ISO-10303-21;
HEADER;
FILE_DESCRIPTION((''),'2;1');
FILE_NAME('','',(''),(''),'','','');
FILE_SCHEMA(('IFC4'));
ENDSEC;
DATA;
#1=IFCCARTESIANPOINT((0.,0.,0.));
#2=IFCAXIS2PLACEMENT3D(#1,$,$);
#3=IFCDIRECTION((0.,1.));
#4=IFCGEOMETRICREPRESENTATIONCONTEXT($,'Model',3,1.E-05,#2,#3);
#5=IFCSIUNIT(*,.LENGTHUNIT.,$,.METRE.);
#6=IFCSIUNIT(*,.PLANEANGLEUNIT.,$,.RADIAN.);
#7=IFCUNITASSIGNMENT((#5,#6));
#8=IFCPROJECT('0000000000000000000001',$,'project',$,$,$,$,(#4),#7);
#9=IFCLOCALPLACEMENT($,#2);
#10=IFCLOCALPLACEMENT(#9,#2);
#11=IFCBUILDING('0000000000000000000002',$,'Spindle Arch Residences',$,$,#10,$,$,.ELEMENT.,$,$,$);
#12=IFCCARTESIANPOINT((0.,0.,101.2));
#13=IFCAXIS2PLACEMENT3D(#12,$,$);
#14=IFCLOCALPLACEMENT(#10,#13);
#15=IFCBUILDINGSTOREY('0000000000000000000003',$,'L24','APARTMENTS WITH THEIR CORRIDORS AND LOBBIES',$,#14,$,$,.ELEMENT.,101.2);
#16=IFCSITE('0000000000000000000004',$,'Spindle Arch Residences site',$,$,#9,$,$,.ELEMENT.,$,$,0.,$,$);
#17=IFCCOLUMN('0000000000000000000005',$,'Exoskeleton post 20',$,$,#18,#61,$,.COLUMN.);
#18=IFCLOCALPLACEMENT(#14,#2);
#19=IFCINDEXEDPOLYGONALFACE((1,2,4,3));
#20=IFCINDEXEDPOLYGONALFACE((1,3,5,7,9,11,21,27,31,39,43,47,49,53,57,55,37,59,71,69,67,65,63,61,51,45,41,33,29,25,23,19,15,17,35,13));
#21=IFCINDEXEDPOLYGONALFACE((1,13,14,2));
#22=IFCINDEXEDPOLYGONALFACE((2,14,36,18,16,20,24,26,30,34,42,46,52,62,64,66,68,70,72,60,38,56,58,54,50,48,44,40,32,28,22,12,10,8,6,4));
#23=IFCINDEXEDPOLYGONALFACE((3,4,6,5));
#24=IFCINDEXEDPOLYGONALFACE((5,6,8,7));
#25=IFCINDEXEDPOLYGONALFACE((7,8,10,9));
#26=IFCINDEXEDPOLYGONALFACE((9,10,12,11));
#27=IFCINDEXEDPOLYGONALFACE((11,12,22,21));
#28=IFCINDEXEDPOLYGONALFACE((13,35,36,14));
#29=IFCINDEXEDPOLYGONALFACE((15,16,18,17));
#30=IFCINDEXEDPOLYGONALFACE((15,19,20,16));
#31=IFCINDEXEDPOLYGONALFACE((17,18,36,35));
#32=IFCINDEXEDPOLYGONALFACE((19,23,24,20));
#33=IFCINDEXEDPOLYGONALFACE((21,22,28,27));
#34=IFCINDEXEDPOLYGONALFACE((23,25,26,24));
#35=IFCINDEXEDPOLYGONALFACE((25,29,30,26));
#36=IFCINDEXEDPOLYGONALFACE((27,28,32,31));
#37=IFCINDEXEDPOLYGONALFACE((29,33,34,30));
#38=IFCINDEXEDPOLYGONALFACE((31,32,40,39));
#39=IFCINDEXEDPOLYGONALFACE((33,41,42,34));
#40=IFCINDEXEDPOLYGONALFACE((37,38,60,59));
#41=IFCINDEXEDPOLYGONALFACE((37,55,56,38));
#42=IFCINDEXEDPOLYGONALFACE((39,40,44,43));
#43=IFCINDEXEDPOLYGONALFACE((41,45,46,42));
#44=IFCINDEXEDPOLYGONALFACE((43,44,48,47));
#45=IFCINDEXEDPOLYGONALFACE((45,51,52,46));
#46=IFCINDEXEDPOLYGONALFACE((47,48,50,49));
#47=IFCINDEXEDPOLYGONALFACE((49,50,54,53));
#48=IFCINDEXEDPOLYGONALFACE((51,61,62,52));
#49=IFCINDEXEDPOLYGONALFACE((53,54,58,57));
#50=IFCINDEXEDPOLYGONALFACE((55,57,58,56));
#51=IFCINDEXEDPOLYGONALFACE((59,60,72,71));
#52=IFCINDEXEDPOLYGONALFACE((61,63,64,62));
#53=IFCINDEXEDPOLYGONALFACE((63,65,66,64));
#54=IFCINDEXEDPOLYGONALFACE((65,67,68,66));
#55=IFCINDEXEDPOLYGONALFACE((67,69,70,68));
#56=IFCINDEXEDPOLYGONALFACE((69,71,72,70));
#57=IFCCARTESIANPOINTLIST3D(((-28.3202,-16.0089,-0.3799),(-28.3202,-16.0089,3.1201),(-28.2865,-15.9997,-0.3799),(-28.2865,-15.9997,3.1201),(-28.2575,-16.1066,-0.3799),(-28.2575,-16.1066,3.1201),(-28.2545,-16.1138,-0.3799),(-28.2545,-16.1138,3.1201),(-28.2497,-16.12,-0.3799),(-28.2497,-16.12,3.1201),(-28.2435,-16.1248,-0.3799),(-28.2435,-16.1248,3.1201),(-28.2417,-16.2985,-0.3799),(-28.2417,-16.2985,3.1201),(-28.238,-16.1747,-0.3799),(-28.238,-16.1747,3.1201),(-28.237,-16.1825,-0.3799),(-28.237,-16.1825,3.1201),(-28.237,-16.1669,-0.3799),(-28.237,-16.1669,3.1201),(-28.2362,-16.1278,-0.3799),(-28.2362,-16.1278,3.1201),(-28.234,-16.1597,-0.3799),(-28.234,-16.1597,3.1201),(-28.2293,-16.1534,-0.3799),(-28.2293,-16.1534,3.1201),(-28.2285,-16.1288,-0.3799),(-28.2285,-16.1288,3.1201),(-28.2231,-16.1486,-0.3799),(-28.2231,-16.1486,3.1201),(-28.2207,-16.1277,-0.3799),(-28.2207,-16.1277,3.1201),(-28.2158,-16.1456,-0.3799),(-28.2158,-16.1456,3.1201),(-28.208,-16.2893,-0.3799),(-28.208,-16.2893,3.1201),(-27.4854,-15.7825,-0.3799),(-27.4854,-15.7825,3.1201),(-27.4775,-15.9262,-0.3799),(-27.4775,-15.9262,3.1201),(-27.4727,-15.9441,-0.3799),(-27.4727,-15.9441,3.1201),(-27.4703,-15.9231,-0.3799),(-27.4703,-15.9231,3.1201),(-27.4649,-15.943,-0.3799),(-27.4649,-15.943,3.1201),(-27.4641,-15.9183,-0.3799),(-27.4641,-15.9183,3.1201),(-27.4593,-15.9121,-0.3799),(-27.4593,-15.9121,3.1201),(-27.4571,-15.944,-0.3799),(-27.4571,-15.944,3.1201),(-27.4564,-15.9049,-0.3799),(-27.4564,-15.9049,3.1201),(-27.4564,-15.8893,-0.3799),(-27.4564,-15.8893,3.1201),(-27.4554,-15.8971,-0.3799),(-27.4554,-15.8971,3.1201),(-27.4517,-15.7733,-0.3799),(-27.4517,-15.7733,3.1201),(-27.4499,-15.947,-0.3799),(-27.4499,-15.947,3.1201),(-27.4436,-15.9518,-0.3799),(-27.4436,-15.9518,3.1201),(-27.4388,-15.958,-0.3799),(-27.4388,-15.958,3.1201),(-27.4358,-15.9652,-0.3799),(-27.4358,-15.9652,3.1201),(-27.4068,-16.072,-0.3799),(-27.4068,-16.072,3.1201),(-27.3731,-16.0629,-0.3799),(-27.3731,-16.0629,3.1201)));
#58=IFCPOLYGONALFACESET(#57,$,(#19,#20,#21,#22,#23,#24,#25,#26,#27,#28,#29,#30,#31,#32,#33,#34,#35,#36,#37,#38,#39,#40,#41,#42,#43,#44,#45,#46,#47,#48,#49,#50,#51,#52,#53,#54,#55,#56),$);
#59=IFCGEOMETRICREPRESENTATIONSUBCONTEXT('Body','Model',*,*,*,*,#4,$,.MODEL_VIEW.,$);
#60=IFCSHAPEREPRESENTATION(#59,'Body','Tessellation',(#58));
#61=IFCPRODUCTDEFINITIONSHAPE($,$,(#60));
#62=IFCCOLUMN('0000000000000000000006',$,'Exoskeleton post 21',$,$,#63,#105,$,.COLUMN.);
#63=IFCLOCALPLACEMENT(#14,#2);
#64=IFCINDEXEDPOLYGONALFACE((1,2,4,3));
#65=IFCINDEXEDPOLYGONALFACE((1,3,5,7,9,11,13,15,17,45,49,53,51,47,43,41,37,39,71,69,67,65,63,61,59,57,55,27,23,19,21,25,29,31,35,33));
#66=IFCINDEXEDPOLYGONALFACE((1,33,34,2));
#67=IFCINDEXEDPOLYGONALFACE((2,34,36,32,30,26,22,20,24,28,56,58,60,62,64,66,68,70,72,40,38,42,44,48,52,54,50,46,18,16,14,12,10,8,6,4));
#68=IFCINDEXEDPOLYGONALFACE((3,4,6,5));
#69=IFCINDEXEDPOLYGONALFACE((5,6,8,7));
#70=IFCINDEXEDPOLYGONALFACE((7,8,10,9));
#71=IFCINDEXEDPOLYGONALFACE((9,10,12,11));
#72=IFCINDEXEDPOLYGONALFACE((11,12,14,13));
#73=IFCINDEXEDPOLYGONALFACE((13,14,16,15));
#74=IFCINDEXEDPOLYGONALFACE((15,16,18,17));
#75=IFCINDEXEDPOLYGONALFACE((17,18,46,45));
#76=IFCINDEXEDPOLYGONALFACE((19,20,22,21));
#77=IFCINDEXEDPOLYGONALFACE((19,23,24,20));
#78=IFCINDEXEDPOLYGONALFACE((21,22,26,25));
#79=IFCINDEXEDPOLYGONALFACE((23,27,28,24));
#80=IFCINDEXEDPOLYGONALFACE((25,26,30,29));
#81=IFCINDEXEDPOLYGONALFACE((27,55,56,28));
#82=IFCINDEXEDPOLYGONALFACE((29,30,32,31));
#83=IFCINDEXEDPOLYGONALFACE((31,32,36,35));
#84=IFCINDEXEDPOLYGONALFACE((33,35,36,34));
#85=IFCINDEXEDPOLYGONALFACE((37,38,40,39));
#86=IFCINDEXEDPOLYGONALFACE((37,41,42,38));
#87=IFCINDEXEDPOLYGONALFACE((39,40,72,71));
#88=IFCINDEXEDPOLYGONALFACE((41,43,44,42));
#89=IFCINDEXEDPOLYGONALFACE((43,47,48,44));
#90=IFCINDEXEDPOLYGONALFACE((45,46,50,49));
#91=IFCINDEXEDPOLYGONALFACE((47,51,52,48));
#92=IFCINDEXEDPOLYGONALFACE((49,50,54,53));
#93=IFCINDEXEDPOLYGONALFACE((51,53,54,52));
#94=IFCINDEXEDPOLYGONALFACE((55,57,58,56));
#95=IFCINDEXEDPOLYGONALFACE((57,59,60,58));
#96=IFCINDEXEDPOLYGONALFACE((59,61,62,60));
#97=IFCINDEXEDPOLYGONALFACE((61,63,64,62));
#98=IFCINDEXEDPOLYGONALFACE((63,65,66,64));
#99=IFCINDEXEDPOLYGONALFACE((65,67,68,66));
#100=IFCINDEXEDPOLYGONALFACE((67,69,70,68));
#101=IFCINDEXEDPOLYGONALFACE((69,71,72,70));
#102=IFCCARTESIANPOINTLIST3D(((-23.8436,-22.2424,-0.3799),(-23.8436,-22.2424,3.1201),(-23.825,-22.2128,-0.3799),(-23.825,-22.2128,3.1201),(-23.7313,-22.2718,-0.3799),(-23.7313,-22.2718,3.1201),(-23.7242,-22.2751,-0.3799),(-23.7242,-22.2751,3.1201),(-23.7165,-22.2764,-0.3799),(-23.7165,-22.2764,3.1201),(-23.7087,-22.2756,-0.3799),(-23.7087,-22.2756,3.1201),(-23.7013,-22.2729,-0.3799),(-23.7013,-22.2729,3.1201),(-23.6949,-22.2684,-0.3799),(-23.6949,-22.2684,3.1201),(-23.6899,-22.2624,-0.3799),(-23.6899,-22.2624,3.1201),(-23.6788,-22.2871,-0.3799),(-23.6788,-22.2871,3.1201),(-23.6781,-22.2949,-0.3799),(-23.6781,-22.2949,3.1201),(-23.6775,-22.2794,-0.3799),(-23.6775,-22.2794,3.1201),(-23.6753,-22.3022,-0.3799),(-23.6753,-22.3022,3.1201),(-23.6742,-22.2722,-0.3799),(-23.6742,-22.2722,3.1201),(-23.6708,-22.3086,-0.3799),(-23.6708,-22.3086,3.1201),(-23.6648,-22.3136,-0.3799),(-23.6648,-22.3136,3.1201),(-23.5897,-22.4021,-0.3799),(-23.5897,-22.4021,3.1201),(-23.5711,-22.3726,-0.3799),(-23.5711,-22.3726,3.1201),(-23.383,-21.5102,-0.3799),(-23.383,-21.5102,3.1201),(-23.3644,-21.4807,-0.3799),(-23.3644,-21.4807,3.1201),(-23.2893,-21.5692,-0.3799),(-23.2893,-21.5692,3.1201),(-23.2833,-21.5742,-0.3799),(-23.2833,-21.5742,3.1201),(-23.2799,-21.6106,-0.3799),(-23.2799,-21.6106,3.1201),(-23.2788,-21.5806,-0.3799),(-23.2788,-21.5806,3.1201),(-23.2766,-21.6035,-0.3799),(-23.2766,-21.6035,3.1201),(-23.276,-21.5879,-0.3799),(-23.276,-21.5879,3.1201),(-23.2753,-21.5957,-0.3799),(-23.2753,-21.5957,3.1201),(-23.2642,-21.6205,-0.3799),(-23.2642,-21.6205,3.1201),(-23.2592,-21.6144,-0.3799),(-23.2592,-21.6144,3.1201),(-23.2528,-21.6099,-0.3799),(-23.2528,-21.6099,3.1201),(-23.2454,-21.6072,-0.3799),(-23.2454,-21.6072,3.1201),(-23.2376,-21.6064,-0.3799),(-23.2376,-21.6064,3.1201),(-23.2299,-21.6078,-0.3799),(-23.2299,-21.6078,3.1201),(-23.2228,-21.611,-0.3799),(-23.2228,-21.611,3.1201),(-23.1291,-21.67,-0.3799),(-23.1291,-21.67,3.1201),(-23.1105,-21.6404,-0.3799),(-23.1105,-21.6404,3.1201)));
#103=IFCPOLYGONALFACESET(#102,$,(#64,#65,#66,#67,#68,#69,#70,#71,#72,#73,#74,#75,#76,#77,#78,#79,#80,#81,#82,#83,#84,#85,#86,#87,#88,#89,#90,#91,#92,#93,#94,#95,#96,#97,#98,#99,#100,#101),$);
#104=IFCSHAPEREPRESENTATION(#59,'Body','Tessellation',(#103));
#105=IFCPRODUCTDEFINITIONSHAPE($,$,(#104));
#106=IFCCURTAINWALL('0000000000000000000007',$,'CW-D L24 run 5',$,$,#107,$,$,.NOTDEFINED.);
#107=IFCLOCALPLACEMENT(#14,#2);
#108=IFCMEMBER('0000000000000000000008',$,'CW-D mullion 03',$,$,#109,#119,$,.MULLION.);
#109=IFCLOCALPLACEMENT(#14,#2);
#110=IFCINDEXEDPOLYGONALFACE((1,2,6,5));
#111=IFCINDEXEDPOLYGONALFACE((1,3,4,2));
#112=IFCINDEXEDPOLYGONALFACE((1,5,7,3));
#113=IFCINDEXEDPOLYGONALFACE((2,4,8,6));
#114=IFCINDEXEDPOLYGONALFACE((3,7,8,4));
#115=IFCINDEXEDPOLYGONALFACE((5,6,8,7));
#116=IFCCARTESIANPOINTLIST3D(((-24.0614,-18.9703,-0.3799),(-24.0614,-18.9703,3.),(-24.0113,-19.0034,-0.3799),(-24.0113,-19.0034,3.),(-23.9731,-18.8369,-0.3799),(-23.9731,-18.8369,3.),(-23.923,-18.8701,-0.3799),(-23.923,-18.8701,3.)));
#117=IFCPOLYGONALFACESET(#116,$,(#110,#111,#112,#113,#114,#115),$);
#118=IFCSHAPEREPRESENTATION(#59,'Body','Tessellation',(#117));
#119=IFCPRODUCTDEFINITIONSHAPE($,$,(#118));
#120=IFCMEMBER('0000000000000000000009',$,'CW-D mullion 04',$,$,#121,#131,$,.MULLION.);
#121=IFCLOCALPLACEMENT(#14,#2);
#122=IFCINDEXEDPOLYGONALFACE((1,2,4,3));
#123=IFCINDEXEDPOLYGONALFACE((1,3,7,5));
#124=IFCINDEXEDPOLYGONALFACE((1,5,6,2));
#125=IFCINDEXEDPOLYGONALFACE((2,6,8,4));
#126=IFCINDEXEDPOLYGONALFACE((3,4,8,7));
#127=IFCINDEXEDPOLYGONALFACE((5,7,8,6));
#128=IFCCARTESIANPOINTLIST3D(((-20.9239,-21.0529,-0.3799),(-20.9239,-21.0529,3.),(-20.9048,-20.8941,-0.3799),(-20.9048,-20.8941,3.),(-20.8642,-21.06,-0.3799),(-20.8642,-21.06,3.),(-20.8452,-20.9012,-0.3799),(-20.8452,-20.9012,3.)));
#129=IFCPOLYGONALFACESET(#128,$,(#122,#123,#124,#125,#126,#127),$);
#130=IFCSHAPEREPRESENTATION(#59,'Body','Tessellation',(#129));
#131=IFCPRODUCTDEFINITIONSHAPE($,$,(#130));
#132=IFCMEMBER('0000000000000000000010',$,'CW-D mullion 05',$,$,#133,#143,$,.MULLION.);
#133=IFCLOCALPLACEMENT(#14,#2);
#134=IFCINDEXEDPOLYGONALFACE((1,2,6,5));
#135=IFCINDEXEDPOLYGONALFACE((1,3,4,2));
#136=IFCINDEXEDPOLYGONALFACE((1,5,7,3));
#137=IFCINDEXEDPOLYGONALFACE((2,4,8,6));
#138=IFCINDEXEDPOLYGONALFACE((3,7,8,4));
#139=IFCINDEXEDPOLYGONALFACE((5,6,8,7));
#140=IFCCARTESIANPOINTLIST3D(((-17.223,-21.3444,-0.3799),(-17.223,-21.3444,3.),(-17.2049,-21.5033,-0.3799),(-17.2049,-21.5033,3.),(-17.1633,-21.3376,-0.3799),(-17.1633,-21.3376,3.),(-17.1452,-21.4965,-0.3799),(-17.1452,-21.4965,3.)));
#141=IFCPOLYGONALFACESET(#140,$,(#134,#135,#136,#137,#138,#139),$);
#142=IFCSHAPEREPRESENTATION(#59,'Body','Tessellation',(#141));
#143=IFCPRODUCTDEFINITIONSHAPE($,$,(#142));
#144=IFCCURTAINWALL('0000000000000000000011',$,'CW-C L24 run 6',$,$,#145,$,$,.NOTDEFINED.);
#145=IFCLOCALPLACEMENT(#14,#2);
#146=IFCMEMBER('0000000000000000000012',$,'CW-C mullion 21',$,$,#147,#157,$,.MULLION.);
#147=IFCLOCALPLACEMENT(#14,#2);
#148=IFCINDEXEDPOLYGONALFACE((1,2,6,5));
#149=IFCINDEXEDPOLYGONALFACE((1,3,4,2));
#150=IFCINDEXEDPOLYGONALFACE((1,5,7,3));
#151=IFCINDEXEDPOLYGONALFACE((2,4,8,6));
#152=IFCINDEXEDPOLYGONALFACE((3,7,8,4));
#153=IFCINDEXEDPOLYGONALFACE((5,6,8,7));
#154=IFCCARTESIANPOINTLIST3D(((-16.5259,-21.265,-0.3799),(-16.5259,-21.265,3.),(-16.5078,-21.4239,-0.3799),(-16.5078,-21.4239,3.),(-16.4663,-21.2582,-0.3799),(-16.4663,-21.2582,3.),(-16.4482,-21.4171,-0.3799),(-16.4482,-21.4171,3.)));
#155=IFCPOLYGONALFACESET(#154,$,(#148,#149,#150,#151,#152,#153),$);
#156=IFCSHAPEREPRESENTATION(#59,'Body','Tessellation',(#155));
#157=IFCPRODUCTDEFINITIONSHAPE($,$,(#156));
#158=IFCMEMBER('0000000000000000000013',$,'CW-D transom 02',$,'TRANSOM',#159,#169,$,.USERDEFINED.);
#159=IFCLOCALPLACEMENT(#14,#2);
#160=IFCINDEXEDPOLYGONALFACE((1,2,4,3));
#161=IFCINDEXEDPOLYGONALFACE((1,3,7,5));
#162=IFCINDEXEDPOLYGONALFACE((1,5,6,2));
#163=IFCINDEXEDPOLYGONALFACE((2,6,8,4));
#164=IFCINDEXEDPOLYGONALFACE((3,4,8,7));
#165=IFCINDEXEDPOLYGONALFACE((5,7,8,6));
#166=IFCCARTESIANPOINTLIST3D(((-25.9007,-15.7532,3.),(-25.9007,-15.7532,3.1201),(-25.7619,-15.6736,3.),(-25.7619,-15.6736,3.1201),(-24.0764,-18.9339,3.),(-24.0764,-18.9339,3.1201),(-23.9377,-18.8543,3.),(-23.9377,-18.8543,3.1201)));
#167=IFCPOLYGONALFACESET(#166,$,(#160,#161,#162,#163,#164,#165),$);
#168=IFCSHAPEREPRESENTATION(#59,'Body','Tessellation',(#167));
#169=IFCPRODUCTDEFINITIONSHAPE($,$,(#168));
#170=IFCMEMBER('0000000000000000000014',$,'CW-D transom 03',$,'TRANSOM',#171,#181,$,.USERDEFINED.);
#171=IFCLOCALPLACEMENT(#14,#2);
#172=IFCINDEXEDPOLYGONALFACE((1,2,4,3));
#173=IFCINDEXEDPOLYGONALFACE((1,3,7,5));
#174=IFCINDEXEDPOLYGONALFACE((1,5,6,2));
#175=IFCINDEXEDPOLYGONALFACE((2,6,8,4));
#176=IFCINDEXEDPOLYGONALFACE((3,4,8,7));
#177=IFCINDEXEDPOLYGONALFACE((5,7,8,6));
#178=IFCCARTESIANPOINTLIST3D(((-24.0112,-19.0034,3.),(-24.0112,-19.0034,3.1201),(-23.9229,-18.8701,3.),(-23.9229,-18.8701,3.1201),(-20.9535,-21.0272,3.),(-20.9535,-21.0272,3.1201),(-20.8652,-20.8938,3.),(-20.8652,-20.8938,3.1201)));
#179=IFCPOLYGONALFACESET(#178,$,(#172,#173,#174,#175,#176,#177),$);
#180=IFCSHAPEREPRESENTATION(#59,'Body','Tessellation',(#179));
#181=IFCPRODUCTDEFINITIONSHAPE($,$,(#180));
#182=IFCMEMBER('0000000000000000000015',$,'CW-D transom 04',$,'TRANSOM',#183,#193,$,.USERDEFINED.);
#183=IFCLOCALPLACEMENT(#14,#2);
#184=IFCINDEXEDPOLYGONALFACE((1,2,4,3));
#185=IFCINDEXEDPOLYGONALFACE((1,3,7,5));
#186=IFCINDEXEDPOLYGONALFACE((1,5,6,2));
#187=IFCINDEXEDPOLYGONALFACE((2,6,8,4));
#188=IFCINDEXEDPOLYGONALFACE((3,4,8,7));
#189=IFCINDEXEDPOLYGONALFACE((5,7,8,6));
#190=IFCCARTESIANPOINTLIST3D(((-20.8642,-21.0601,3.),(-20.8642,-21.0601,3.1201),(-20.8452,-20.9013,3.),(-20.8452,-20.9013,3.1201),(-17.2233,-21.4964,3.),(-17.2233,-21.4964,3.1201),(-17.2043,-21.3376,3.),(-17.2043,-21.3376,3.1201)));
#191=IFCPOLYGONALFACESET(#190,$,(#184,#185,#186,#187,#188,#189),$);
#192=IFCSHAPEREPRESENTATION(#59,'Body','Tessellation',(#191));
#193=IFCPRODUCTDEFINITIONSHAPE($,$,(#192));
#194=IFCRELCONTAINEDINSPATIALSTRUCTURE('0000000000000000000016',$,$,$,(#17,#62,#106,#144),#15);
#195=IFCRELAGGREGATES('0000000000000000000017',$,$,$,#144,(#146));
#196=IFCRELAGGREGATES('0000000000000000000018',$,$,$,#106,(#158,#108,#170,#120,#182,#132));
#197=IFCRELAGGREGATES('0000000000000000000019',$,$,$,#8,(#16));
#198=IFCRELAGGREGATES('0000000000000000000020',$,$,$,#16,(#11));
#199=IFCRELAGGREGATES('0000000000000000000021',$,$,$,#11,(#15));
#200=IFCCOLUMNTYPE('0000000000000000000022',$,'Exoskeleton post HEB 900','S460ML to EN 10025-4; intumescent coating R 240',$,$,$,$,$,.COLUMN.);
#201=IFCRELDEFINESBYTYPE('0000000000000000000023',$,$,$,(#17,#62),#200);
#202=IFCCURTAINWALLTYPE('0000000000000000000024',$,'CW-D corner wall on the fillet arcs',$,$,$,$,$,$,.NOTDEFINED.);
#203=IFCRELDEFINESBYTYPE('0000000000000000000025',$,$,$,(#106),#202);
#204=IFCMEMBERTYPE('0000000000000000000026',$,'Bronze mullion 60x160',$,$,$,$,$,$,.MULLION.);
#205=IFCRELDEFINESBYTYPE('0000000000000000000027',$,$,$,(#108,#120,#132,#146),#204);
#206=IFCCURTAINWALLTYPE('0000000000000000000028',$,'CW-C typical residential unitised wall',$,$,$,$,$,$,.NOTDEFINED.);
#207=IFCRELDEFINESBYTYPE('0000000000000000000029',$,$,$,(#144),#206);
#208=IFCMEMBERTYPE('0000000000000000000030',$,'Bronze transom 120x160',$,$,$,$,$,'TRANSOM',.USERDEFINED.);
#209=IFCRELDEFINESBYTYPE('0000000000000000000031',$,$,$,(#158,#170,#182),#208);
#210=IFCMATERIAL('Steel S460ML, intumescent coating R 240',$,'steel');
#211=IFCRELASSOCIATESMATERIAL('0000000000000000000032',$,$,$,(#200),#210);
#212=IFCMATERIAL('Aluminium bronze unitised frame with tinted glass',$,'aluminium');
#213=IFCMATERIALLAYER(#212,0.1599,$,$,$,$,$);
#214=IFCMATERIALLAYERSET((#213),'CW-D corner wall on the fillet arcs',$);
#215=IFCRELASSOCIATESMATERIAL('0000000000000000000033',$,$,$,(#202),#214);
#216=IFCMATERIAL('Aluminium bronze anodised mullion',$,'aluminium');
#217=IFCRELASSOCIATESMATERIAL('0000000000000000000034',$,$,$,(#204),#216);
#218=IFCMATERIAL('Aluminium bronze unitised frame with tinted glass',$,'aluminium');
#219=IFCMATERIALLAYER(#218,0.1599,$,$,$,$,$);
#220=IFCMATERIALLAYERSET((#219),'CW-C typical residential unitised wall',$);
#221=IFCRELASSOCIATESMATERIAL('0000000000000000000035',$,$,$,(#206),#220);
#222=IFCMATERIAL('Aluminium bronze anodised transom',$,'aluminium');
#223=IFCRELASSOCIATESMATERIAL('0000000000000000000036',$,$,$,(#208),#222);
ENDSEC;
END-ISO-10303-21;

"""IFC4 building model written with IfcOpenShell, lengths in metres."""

from ifc_helpers import new_model, si_unit, direction, frame, origin, origin_2d, place, context, subcontext, project, spatial, rectangle, i_section, extrude, material, layer, layer_set, material_profile, profile_set, type_object, element, aggregate, save


model = new_model("IFC4")

# Units and contexts
model_context = context("Model", 3, precision=1e-05, world=origin(), true_north=direction((0.0, 1.0)))
body_context = subcontext(model_context, "Body", "Model", "MODEL_VIEW")
ifc_project = project(units=[si_unit("LENGTHUNIT", "METRE"), si_unit("PLANEANGLEUNIT", "RADIAN")], contexts=[model_context])

# Site, building, storey
site_placement = place(None, origin())
site = spatial("IfcSite", under=ifc_project, at=site_placement, Name="Spindle Arch Residences site", CompositionType="ELEMENT", RefElevation=0.0)
building_placement = place(site_placement, origin())
building = spatial("IfcBuilding", under=site, at=building_placement, Name="Spindle Arch Residences", CompositionType="ELEMENT")
storey_placement = place(building_placement, frame((0.0, 0.0, 101.2)))
storey = spatial("IfcBuildingStorey", under=building, at=storey_placement, Name="L24", Description="APARTMENTS WITH THEIR CORRIDORS AND LOBBIES", CompositionType="ELEMENT", Elevation=101.2)

# Columns
ifc_material_1 = material(Name="Steel S460ML, intumescent coating R 240", Category="steel")
ifc_material_profile_1 = material_profile(ifc_material_1, i_section(OverallWidth=0.3, OverallDepth=0.8999, WebThickness=0.0186, FlangeThickness=0.0349, FilletRadius=0.03, at=origin_2d()), Name="HEB 900")
ifc_profile_set_1 = profile_set([ifc_material_profile_1], Name="Steel S460ML, intumescent coating R 240")
column_type = type_object("IfcColumnType", Name="Exoskeleton post HEB 900", Description="S460ML to EN 10025-4; intumescent coating R 240", PredefinedType="COLUMN", material=ifc_profile_set_1)
for number, where, z_axis, x_axis, name in (
    (1, (-27.8467, -16.0359, -0.3799), (0.0, 0.0, 1.0), (-0.261742, 0.965138, 0.0), "Exoskeleton post 20"),
    (2, (-23.4771, -21.9414, -0.3799), (0.0, 0.0, 1.0), (-0.84644, 0.532484, 0.0), "Exoskeleton post 21"),
):
    element("IfcColumn", number, at=place(storey_placement, frame(where, z_axis=z_axis, x_axis=x_axis)), inside=storey, type_object=column_type, Name=name, PredefinedType="COLUMN", context=body_context, shape_type="SweptSolid", body=[
        extrude(i_section(OverallWidth=0.3, OverallDepth=0.8999, WebThickness=0.0186, FlangeThickness=0.0349, FilletRadius=0.03, at=origin_2d()), origin(), (0.0, 0.0, 1.0), 3.5),
    ])

# Curtain wall, members
ifc_material_2 = material(Name="Aluminium bronze unitised frame with tinted glass", Category="aluminium")
ifc_layer_1 = layer(ifc_material_2, 0.1599)
ifc_layer_set_1 = layer_set([ifc_layer_1], Name="CW-D corner wall on the fillet arcs")
curtain_wall_type_1 = type_object("IfcCurtainWallType", Name="CW-D corner wall on the fillet arcs", PredefinedType="NOTDEFINED", material=ifc_layer_set_1)
curtain_wall_1_placement = place(storey_placement, origin())
curtain_wall_1 = element("IfcCurtainWall", 3, at=curtain_wall_1_placement, inside=storey, type_object=curtain_wall_type_1, Name="CW-D L24 run 5", PredefinedType="NOTDEFINED")
ifc_material_3 = material(Name="Aluminium bronze anodised mullion", Category="aluminium")
ifc_material_profile_2 = material_profile(ifc_material_3, rectangle(XDim=0.1599, YDim=0.0601, at=origin_2d()), Name="MU 60x160")
ifc_profile_set_2 = profile_set([ifc_material_profile_2], Name="Aluminium bronze anodised mullion")
member_type_1 = type_object("IfcMemberType", Name="Bronze mullion 60x160", PredefinedType="MULLION", material=ifc_profile_set_2)
member_1_placement = place(storey_placement, frame((-23.9922, -18.9202, -0.3799), z_axis=(0.0, 0.0, 1.0), x_axis=(0.551937, 0.833886, 0.0)))
member_1 = element("IfcMember", 4, at=member_1_placement, type_object=member_type_1, Name="CW-D mullion 03", PredefinedType="MULLION", context=body_context, shape_type="SweptSolid", body=[
    extrude(rectangle(XDim=0.1599, YDim=0.0601, at=origin_2d()), origin(), (0.0, 0.0, 1.0), 3.3799),
])
member_2_placement = place(storey_placement, frame((-20.8845, -20.9771, -0.3799), z_axis=(0.0, 0.0, 1.0), x_axis=(0.118982, 0.992896, 0.0)))
member_2 = element("IfcMember", 5, at=member_2_placement, type_object=member_type_1, Name="CW-D mullion 04", PredefinedType="MULLION", context=body_context, shape_type="SweptSolid", body=[
    extrude(rectangle(XDim=0.1599, YDim=0.0601, at=origin_2d()), origin(), (0.0, 0.0, 1.0), 3.3799),
])
member_3_placement = place(storey_placement, frame((-17.1841, -21.4204, -0.3799), z_axis=(0.0, 0.0, 1.0), x_axis=(-0.113203, 0.993572, 0.0)))
member_3 = element("IfcMember", 6, at=member_3_placement, type_object=member_type_1, Name="CW-D mullion 05", PredefinedType="MULLION", context=body_context, shape_type="SweptSolid", body=[
    extrude(rectangle(XDim=0.1599, YDim=0.0601, at=origin_2d()), origin(), (0.0, 0.0, 1.0), 3.3799),
])

# Curtain wall, member
ifc_material_4 = material(Name="Aluminium bronze unitised frame with tinted glass", Category="aluminium")
ifc_layer_2 = layer(ifc_material_4, 0.1599)
ifc_layer_set_2 = layer_set([ifc_layer_2], Name="CW-C typical residential unitised wall")
curtain_wall_type_2 = type_object("IfcCurtainWallType", Name="CW-C typical residential unitised wall", PredefinedType="NOTDEFINED", material=ifc_layer_set_2)
curtain_wall_2_placement = place(storey_placement, origin())
curtain_wall_2 = element("IfcCurtainWall", 7, at=curtain_wall_2_placement, inside=storey, type_object=curtain_wall_type_2, Name="CW-C L24 run 6", PredefinedType="NOTDEFINED")
member_4_placement = place(storey_placement, frame((-16.4871, -21.3411, -0.3799), z_axis=(0.0, 0.0, 1.0), x_axis=(-0.113203, 0.993572, 0.0)))
member_4 = element("IfcMember", 8, at=member_4_placement, type_object=member_type_1, Name="CW-C mullion 21", PredefinedType="MULLION", context=body_context, shape_type="SweptSolid", body=[
    extrude(rectangle(XDim=0.1599, YDim=0.0601, at=origin_2d()), origin(), (0.0, 0.0, 1.0), 3.3799),
])
aggregate(curtain_wall_2, [member_4])

# Members
ifc_material_5 = material(Name="Aluminium bronze anodised transom", Category="aluminium")
ifc_material_profile_3 = material_profile(ifc_material_5, rectangle(XDim=0.1599, YDim=0.1201, at=origin_2d()), Name="TR 120x160")
ifc_profile_set_3 = profile_set([ifc_material_profile_3], Name="Aluminium bronze anodised transom")
member_type_2 = type_object("IfcMemberType", Name="Bronze transom 120x160", ElementType="TRANSOM", PredefinedType="USERDEFINED", material=ifc_profile_set_3)
member_5_placement = place(storey_placement, frame((-25.8313, -15.7134, 3.0601), z_axis=(0.497515, -0.867455, 0.0), x_axis=(0.867455, 0.497515, 0.0)))
member_5 = element("IfcMember", 9, at=member_5_placement, type_object=member_type_2, Name="CW-D transom 02", ObjectType="TRANSOM", PredefinedType="USERDEFINED", context=body_context, shape_type="SweptSolid", body=[
    extrude(rectangle(XDim=0.1599, YDim=0.1201, at=origin_2d()), origin(), (0.0, 0.0, 1.0), 3.6667),
])
member_6_placement = place(storey_placement, frame((-23.967, -18.9368, 3.0601), z_axis=(0.8339, -0.551916, 0.0), x_axis=(0.551916, 0.8339, 0.0)))
member_6 = element("IfcMember", 10, at=member_6_placement, type_object=member_type_2, Name="CW-D transom 03", ObjectType="TRANSOM", PredefinedType="USERDEFINED", context=body_context, shape_type="SweptSolid", body=[
    extrude(rectangle(XDim=0.1599, YDim=0.1201, at=origin_2d()), origin(), (0.0, 0.0, 1.0), 3.6667),
])
member_7_placement = place(storey_placement, frame((-20.8547, -20.9807, 3.0601), z_axis=(0.992897, -0.118977, 0.0), x_axis=(0.118977, 0.992897, 0.0)))
member_7 = element("IfcMember", 11, at=member_7_placement, type_object=member_type_2, Name="CW-D transom 04", ObjectType="TRANSOM", PredefinedType="USERDEFINED", context=body_context, shape_type="SweptSolid", body=[
    extrude(rectangle(XDim=0.1599, YDim=0.1201, at=origin_2d()), origin(), (0.0, 0.0, 1.0), 3.667),
])

aggregate(curtain_wall_1, [member_5, member_1, member_6, member_2, member_7, member_3])

save(model, "model.ifc")
